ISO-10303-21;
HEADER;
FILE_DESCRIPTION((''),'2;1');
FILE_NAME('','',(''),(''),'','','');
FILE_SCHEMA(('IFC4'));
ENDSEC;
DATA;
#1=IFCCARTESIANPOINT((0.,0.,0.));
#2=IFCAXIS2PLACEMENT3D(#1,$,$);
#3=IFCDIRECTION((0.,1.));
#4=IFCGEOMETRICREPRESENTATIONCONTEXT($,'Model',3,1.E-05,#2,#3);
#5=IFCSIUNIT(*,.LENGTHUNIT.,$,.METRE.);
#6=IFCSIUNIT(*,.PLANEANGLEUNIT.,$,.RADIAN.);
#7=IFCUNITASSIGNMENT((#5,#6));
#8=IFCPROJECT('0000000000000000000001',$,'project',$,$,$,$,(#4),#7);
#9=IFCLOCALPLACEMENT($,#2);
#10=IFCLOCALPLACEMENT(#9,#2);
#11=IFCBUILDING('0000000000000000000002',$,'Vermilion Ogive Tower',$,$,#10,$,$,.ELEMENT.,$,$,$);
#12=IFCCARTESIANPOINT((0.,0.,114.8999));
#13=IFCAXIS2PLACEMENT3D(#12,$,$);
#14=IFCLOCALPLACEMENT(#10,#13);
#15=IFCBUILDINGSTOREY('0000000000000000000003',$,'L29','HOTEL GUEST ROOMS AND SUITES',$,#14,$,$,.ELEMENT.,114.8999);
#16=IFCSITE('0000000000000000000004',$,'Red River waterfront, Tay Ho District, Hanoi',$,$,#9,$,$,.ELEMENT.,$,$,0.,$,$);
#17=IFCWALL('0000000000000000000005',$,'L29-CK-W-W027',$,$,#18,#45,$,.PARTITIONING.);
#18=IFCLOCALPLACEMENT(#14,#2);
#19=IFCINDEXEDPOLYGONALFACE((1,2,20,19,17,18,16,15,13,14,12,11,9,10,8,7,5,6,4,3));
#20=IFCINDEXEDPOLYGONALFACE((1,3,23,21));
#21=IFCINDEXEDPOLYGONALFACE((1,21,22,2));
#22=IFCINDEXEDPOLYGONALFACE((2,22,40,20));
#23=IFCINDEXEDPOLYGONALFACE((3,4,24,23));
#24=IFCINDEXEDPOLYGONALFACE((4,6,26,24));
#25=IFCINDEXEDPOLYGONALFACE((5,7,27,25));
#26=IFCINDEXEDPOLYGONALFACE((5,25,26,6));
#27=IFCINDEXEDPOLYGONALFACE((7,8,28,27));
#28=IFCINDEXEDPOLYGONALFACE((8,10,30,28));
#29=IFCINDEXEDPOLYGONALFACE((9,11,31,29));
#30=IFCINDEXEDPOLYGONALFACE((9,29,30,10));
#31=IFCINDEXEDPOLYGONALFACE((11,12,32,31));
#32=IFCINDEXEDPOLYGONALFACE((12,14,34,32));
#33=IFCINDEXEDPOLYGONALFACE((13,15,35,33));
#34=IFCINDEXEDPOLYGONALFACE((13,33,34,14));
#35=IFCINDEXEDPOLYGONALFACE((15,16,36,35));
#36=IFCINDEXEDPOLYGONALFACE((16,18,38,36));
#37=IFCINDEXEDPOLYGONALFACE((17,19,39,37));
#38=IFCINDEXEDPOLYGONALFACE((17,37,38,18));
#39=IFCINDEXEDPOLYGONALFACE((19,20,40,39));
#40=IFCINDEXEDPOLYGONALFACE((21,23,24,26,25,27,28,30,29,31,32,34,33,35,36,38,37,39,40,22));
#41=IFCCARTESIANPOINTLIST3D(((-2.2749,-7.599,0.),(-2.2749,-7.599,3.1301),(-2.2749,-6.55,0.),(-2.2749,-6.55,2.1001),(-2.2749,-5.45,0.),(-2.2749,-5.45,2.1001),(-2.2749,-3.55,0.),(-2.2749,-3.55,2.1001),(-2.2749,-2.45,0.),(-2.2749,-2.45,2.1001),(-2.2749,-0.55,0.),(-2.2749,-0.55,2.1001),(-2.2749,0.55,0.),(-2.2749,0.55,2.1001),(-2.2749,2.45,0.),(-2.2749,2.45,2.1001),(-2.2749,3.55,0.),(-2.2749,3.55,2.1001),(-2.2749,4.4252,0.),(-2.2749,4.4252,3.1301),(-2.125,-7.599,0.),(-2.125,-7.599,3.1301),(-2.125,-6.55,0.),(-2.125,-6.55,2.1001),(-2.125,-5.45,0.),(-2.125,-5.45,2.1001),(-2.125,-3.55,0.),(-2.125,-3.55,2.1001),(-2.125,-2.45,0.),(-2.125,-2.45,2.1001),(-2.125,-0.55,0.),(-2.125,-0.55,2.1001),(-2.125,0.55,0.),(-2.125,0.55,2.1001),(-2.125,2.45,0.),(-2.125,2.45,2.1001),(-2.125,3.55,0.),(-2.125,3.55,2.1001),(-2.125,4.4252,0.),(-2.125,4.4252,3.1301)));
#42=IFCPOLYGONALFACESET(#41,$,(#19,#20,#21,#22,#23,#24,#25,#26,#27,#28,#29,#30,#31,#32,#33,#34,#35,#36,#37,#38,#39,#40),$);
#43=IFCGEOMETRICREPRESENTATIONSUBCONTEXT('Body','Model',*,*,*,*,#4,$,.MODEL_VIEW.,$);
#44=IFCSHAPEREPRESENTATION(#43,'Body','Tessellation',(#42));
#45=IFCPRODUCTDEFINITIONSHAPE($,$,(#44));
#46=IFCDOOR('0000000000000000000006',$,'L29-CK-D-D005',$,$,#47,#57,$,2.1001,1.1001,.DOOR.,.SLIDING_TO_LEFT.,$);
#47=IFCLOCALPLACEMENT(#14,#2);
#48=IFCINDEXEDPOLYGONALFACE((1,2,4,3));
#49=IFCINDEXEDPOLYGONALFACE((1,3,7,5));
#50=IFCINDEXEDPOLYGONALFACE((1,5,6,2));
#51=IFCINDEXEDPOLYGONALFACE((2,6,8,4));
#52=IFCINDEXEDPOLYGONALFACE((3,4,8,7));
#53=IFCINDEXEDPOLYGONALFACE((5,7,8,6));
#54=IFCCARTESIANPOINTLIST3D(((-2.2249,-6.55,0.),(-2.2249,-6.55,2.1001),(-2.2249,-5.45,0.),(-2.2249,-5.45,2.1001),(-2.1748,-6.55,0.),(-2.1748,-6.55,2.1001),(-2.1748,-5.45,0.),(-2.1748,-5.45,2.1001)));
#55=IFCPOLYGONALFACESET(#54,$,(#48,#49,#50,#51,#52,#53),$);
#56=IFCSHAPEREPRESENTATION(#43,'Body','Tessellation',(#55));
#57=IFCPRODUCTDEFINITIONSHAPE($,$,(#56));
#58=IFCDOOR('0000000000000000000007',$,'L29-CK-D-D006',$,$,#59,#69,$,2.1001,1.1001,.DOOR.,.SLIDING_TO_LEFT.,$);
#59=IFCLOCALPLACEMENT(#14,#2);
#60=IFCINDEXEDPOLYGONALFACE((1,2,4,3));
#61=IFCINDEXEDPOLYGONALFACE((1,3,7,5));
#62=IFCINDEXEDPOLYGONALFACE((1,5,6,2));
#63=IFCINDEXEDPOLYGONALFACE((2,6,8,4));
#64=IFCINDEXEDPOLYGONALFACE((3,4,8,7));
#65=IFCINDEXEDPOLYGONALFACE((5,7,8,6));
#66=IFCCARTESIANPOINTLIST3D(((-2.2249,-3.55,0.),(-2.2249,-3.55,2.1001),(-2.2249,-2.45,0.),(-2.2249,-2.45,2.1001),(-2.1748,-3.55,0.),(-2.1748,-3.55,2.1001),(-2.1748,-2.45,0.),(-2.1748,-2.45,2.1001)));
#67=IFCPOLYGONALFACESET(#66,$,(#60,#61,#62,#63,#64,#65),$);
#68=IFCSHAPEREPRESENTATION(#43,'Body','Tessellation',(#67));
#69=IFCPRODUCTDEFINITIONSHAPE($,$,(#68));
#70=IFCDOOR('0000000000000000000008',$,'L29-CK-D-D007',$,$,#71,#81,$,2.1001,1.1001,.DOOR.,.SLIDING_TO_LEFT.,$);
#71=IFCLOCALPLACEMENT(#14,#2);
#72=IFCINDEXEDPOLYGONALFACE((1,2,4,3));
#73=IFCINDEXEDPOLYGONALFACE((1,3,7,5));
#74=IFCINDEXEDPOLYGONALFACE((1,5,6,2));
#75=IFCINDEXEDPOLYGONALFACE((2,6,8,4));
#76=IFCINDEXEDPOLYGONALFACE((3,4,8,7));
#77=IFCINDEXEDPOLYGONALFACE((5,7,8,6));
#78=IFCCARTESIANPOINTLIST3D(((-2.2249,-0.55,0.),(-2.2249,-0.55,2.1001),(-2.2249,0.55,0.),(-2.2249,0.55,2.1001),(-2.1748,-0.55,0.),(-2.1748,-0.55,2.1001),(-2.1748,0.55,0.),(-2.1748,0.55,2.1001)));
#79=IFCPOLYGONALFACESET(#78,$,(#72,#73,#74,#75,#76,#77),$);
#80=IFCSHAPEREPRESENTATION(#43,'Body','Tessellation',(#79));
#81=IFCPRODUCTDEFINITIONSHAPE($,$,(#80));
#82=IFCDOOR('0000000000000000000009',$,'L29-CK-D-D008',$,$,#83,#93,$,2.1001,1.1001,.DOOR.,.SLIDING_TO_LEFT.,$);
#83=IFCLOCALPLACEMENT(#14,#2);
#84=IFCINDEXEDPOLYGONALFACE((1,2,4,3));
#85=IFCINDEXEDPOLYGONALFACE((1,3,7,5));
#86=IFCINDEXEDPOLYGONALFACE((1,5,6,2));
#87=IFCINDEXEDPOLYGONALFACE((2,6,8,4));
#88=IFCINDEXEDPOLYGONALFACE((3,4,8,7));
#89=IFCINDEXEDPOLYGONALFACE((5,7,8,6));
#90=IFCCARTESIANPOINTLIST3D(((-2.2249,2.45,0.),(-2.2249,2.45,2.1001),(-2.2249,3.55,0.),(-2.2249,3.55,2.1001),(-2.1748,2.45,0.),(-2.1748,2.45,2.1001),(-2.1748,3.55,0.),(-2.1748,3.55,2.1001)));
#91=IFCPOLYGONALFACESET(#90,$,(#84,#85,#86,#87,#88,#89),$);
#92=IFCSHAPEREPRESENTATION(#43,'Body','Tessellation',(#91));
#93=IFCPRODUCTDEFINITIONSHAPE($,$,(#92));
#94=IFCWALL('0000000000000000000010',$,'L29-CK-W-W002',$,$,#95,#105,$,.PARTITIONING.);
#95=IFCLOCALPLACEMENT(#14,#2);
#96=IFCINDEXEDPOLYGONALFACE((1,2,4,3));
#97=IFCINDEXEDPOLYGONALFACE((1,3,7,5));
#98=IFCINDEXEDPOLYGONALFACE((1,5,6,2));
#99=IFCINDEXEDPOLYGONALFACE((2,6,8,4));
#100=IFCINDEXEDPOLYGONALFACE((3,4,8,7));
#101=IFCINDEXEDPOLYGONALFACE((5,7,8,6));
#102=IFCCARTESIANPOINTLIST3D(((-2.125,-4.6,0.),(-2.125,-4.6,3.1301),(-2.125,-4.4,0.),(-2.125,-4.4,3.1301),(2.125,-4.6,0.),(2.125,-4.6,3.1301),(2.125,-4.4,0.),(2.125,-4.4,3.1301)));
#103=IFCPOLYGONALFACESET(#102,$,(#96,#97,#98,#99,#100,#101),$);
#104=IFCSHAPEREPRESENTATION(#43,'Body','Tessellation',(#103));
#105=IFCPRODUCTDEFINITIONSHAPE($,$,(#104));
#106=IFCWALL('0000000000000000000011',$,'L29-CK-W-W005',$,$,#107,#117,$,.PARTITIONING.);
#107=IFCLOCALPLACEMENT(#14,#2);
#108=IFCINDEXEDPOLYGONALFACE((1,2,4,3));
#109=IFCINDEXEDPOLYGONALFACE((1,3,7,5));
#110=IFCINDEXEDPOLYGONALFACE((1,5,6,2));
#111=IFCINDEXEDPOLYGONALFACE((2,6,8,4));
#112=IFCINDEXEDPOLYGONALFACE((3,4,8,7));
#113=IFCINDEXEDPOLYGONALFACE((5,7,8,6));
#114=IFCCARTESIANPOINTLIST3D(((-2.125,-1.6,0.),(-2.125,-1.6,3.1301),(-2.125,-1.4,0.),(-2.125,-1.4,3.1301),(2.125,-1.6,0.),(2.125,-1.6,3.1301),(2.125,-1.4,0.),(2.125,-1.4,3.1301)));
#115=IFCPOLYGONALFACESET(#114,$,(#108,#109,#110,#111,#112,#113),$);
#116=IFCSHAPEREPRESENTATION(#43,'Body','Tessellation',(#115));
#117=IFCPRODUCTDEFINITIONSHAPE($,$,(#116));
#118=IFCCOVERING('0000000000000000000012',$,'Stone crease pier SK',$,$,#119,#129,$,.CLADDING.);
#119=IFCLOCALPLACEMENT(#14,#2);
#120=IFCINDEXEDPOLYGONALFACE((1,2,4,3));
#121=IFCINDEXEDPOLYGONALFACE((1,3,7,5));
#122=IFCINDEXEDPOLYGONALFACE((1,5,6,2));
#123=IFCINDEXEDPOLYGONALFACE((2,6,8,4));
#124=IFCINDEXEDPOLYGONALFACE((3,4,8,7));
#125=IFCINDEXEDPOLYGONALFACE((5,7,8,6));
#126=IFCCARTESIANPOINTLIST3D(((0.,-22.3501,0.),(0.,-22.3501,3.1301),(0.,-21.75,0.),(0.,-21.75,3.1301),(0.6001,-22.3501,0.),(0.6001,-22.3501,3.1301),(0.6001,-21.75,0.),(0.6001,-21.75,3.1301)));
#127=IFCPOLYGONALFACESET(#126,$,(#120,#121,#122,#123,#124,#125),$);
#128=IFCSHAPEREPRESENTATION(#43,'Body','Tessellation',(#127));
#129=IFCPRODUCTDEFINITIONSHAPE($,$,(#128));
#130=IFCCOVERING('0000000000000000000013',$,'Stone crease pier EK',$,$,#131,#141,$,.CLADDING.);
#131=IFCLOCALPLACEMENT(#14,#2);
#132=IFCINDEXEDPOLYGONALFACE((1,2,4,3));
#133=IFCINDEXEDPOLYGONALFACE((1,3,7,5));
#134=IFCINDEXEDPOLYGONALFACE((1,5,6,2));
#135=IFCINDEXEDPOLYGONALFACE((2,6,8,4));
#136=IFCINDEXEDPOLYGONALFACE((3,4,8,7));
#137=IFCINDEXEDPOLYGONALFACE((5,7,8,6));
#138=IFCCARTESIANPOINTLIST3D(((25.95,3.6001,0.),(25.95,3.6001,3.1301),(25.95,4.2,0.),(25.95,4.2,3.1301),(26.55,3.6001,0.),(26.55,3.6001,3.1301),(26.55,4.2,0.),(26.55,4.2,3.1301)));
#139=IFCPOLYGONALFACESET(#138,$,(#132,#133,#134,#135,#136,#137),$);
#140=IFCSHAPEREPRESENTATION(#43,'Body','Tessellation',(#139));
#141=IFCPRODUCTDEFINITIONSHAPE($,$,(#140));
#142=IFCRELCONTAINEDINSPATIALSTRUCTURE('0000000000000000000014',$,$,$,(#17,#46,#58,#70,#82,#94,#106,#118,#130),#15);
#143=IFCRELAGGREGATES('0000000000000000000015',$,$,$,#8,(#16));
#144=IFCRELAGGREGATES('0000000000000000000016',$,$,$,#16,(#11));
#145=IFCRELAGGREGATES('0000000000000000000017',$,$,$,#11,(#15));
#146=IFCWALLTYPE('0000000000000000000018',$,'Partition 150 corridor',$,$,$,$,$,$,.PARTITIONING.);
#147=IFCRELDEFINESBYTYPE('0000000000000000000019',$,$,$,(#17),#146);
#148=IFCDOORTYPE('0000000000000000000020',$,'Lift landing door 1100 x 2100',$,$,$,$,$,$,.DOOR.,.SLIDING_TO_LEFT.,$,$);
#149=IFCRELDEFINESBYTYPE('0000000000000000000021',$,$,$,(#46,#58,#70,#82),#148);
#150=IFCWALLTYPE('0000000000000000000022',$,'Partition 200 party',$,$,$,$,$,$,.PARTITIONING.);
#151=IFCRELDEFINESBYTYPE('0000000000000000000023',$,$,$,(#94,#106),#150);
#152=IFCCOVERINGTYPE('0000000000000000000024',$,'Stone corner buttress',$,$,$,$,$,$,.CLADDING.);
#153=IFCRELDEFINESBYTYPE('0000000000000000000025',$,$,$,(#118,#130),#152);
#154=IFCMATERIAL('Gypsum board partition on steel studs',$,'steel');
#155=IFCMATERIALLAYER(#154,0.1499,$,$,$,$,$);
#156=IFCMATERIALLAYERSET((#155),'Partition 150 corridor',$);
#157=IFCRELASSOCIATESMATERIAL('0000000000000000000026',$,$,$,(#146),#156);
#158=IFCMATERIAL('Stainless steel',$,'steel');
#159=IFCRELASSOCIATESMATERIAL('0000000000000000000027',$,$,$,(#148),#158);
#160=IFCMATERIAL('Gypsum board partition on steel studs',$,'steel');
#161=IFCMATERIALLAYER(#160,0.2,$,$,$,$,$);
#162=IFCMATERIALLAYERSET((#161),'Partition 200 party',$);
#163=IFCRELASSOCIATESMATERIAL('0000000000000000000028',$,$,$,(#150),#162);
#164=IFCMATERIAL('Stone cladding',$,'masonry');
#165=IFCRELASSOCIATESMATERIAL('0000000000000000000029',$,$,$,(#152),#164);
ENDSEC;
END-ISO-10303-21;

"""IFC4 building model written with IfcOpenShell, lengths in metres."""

from ifc_helpers import new_model, si_unit, direction, frame, frame_2d, origin, place, context, subcontext, project, spatial, polyline, rectangle, outline, extrude, material, layer, layer_set, type_object, element, fill, save


model = new_model("IFC4")

# Units and contexts
model_context = context("Model", 3, precision=1e-05, world=origin(), true_north=direction((0.0, 1.0)))
body_context = subcontext(model_context, "Body", "Model", "MODEL_VIEW")
ifc_project = project(units=[si_unit("LENGTHUNIT", "METRE"), si_unit("PLANEANGLEUNIT", "RADIAN")], contexts=[model_context])

# Site, building, storey
site_placement = place(None, origin())
site = spatial("IfcSite", under=ifc_project, at=site_placement, Name="Red River waterfront, Tay Ho District, Hanoi", CompositionType="ELEMENT", RefElevation=0.0)
building_placement = place(site_placement, origin())
building = spatial("IfcBuilding", under=site, at=building_placement, Name="Vermilion Ogive Tower", CompositionType="ELEMENT")
storey_placement = place(building_placement, frame((0.0, 0.0, 114.8999)))
storey = spatial("IfcBuildingStorey", under=building, at=storey_placement, Name="L29", Description="HOTEL GUEST ROOMS AND SUITES", CompositionType="ELEMENT", Elevation=114.8999)

# Wall, openings, doors
ifc_material_1 = material(Name="Gypsum board partition on steel studs", Category="steel")
ifc_layer_1 = layer(ifc_material_1, 0.1499)
ifc_layer_set_1 = layer_set([ifc_layer_1], Name="Partition 150 corridor")
wall_type_1 = type_object("IfcWallType", Name="Partition 150 corridor", PredefinedType="PARTITIONING", material=ifc_layer_set_1)
wall_placement = place(storey_placement, frame((-2.2, -7.5991, 0.0), z_axis=(0.0, 0.0, 1.0), x_axis=(0.0, 1.0, 0.0)))
wall = element("IfcWall", 1, at=wall_placement, inside=storey, type_object=wall_type_1, Name="L29-CK-W-W027", PredefinedType="PARTITIONING", context=body_context, shape_type="SweptSolid", body=[
    extrude(rectangle(XDim=12.0242, YDim=0.1499, at=frame_2d((6.0122, 0.0))), origin(), (0.0, 0.0, 1.0), 3.1301),
])
opening_1_placement = place(wall_placement, frame((1.0491, 0.0, 0.0)))
opening_1 = element("IfcOpeningElement", 2, at=opening_1_placement, cuts=wall, PredefinedType="OPENING", context=body_context, shape_type="SweptSolid", body=[
    extrude(rectangle(XDim=1.1001, YDim=2.1001, at=frame_2d((0.55, 1.05))), frame((0.0, 0.085, 0.0), z_axis=(0.0, -1.0, 0.0), x_axis=(1.0, 0.0, 0.0)), (0.0, 0.0, 1.0), 0.1699),
])
opening_2_placement = place(wall_placement, frame((4.0491, 0.0, 0.0)))
opening_2 = element("IfcOpeningElement", 3, at=opening_2_placement, cuts=wall, PredefinedType="OPENING", context=body_context, shape_type="SweptSolid", body=[
    extrude(rectangle(XDim=1.1001, YDim=2.1001, at=frame_2d((0.55, 1.05))), frame((0.0, 0.085, 0.0), z_axis=(0.0, -1.0, 0.0), x_axis=(1.0, 0.0, 0.0)), (0.0, 0.0, 1.0), 0.1699),
])
opening_3_placement = place(wall_placement, frame((7.0491, 0.0, 0.0)))
opening_3 = element("IfcOpeningElement", 4, at=opening_3_placement, cuts=wall, PredefinedType="OPENING", context=body_context, shape_type="SweptSolid", body=[
    extrude(rectangle(XDim=1.1001, YDim=2.1001, at=frame_2d((0.55, 1.05))), frame((0.0, 0.085, 0.0), z_axis=(0.0, -1.0, 0.0), x_axis=(1.0, 0.0, 0.0)), (0.0, 0.0, 1.0), 0.1699),
])
opening_4_placement = place(wall_placement, frame((10.0491, 0.0, 0.0)))
opening_4 = element("IfcOpeningElement", 5, at=opening_4_placement, cuts=wall, PredefinedType="OPENING", context=body_context, shape_type="SweptSolid", body=[
    extrude(rectangle(XDim=1.1001, YDim=2.1001, at=frame_2d((0.55, 1.05))), frame((0.0, 0.085, 0.0), z_axis=(0.0, -1.0, 0.0), x_axis=(1.0, 0.0, 0.0)), (0.0, 0.0, 1.0), 0.1699),
])
ifc_material_2 = material(Name="Stainless steel", Category="steel")
door_type = type_object("IfcDoorType", Name="Lift landing door 1100 x 2100", OperationType="SLIDING_TO_LEFT", PredefinedType="DOOR", material=ifc_material_2)
door_1_placement = place(opening_1_placement, origin())
door_1 = element("IfcDoor", 6, at=door_1_placement, inside=storey, type_object=door_type, Name="L29-CK-D-D005", OperationType="SLIDING_TO_LEFT", OverallHeight=2.1001, OverallWidth=1.1001, PredefinedType="DOOR", context=body_context, shape_type="SweptSolid", body=[
    extrude(rectangle(XDim=1.1001, YDim=2.1001, at=frame_2d((0.55, 1.05))), frame((0.0, 0.0249, 0.0), z_axis=(0.0, -1.0, 0.0), x_axis=(1.0, 0.0, 0.0)), (0.0, 0.0, 1.0), 0.05),
])
fill(opening_1, door_1)
door_2_placement = place(opening_2_placement, origin())
door_2 = element("IfcDoor", 7, at=door_2_placement, inside=storey, type_object=door_type, Name="L29-CK-D-D006", OperationType="SLIDING_TO_LEFT", OverallHeight=2.1001, OverallWidth=1.1001, PredefinedType="DOOR", context=body_context, shape_type="SweptSolid", body=[
    extrude(rectangle(XDim=1.1001, YDim=2.1001, at=frame_2d((0.55, 1.05))), frame((0.0, 0.0249, 0.0), z_axis=(0.0, -1.0, 0.0), x_axis=(1.0, 0.0, 0.0)), (0.0, 0.0, 1.0), 0.05),
])
fill(opening_2, door_2)
door_3_placement = place(opening_3_placement, origin())
door_3 = element("IfcDoor", 8, at=door_3_placement, inside=storey, type_object=door_type, Name="L29-CK-D-D007", OperationType="SLIDING_TO_LEFT", OverallHeight=2.1001, OverallWidth=1.1001, PredefinedType="DOOR", context=body_context, shape_type="SweptSolid", body=[
    extrude(rectangle(XDim=1.1001, YDim=2.1001, at=frame_2d((0.55, 1.05))), frame((0.0, 0.0249, 0.0), z_axis=(0.0, -1.0, 0.0), x_axis=(1.0, 0.0, 0.0)), (0.0, 0.0, 1.0), 0.05),
])
fill(opening_3, door_3)
door_4_placement = place(opening_4_placement, origin())
door_4 = element("IfcDoor", 9, at=door_4_placement, inside=storey, type_object=door_type, Name="L29-CK-D-D008", OperationType="SLIDING_TO_LEFT", OverallHeight=2.1001, OverallWidth=1.1001, PredefinedType="DOOR", context=body_context, shape_type="SweptSolid", body=[
    extrude(rectangle(XDim=1.1001, YDim=2.1001, at=frame_2d((0.55, 1.05))), frame((0.0, 0.0249, 0.0), z_axis=(0.0, -1.0, 0.0), x_axis=(1.0, 0.0, 0.0)), (0.0, 0.0, 1.0), 0.05),
])
fill(opening_4, door_4)

# Walls
ifc_material_3 = material(Name="Gypsum board partition on steel studs", Category="steel")
ifc_layer_2 = layer(ifc_material_3, 0.2)
ifc_layer_set_2 = layer_set([ifc_layer_2], Name="Partition 200 party")
wall_type_2 = type_object("IfcWallType", Name="Partition 200 party", PredefinedType="PARTITIONING", material=ifc_layer_set_2)
for number, where, z_axis, x_axis, name in (
    (10, (-2.125, -4.5, 0.0), (0.0, 0.0, 1.0), (1.0, 0.0, 0.0), "L29-CK-W-W002"),
    (11, (-2.125, -1.5, 0.0), (0.0, 0.0, 1.0), (1.0, 0.0, 0.0), "L29-CK-W-W005"),
):
    element("IfcWall", number, at=place(storey_placement, frame(where, z_axis=z_axis, x_axis=x_axis)), inside=storey, type_object=wall_type_2, Name=name, PredefinedType="PARTITIONING", context=body_context, shape_type="SweptSolid", body=[
        extrude(rectangle(XDim=4.25, YDim=0.2, at=frame_2d((2.125, 0.0))), origin(), (0.0, 0.0, 1.0), 3.1301),
    ])

# Coverings
ifc_material_4 = material(Name="Stone cladding", Category="masonry")
covering_type = type_object("IfcCoveringType", Name="Stone corner buttress", PredefinedType="CLADDING", material=ifc_material_4)
covering_1_placement = place(storey_placement, origin())
element("IfcCovering", 12, at=covering_1_placement, inside=storey, type_object=covering_type, Name="Stone crease pier SK", PredefinedType="CLADDING", context=body_context, shape_type="SweptSolid", body=[
    extrude(outline(polyline([(0.0, -22.3501), (0.6001, -22.3501), (0.6001, -21.75), (0.0, -21.75), (0.0, -22.3501)])), origin(), (0.0, 0.0, 1.0), 3.1301),
])
covering_2_placement = place(storey_placement, origin())
element("IfcCovering", 13, at=covering_2_placement, inside=storey, type_object=covering_type, Name="Stone crease pier EK", PredefinedType="CLADDING", context=body_context, shape_type="SweptSolid", body=[
    extrude(outline(polyline([(26.55, 3.6001), (26.55, 4.2), (25.95, 4.2), (25.95, 3.6001), (26.55, 3.6001)])), origin(), (0.0, 0.0, 1.0), 3.1301),
])

save(model, "model.ifc")
